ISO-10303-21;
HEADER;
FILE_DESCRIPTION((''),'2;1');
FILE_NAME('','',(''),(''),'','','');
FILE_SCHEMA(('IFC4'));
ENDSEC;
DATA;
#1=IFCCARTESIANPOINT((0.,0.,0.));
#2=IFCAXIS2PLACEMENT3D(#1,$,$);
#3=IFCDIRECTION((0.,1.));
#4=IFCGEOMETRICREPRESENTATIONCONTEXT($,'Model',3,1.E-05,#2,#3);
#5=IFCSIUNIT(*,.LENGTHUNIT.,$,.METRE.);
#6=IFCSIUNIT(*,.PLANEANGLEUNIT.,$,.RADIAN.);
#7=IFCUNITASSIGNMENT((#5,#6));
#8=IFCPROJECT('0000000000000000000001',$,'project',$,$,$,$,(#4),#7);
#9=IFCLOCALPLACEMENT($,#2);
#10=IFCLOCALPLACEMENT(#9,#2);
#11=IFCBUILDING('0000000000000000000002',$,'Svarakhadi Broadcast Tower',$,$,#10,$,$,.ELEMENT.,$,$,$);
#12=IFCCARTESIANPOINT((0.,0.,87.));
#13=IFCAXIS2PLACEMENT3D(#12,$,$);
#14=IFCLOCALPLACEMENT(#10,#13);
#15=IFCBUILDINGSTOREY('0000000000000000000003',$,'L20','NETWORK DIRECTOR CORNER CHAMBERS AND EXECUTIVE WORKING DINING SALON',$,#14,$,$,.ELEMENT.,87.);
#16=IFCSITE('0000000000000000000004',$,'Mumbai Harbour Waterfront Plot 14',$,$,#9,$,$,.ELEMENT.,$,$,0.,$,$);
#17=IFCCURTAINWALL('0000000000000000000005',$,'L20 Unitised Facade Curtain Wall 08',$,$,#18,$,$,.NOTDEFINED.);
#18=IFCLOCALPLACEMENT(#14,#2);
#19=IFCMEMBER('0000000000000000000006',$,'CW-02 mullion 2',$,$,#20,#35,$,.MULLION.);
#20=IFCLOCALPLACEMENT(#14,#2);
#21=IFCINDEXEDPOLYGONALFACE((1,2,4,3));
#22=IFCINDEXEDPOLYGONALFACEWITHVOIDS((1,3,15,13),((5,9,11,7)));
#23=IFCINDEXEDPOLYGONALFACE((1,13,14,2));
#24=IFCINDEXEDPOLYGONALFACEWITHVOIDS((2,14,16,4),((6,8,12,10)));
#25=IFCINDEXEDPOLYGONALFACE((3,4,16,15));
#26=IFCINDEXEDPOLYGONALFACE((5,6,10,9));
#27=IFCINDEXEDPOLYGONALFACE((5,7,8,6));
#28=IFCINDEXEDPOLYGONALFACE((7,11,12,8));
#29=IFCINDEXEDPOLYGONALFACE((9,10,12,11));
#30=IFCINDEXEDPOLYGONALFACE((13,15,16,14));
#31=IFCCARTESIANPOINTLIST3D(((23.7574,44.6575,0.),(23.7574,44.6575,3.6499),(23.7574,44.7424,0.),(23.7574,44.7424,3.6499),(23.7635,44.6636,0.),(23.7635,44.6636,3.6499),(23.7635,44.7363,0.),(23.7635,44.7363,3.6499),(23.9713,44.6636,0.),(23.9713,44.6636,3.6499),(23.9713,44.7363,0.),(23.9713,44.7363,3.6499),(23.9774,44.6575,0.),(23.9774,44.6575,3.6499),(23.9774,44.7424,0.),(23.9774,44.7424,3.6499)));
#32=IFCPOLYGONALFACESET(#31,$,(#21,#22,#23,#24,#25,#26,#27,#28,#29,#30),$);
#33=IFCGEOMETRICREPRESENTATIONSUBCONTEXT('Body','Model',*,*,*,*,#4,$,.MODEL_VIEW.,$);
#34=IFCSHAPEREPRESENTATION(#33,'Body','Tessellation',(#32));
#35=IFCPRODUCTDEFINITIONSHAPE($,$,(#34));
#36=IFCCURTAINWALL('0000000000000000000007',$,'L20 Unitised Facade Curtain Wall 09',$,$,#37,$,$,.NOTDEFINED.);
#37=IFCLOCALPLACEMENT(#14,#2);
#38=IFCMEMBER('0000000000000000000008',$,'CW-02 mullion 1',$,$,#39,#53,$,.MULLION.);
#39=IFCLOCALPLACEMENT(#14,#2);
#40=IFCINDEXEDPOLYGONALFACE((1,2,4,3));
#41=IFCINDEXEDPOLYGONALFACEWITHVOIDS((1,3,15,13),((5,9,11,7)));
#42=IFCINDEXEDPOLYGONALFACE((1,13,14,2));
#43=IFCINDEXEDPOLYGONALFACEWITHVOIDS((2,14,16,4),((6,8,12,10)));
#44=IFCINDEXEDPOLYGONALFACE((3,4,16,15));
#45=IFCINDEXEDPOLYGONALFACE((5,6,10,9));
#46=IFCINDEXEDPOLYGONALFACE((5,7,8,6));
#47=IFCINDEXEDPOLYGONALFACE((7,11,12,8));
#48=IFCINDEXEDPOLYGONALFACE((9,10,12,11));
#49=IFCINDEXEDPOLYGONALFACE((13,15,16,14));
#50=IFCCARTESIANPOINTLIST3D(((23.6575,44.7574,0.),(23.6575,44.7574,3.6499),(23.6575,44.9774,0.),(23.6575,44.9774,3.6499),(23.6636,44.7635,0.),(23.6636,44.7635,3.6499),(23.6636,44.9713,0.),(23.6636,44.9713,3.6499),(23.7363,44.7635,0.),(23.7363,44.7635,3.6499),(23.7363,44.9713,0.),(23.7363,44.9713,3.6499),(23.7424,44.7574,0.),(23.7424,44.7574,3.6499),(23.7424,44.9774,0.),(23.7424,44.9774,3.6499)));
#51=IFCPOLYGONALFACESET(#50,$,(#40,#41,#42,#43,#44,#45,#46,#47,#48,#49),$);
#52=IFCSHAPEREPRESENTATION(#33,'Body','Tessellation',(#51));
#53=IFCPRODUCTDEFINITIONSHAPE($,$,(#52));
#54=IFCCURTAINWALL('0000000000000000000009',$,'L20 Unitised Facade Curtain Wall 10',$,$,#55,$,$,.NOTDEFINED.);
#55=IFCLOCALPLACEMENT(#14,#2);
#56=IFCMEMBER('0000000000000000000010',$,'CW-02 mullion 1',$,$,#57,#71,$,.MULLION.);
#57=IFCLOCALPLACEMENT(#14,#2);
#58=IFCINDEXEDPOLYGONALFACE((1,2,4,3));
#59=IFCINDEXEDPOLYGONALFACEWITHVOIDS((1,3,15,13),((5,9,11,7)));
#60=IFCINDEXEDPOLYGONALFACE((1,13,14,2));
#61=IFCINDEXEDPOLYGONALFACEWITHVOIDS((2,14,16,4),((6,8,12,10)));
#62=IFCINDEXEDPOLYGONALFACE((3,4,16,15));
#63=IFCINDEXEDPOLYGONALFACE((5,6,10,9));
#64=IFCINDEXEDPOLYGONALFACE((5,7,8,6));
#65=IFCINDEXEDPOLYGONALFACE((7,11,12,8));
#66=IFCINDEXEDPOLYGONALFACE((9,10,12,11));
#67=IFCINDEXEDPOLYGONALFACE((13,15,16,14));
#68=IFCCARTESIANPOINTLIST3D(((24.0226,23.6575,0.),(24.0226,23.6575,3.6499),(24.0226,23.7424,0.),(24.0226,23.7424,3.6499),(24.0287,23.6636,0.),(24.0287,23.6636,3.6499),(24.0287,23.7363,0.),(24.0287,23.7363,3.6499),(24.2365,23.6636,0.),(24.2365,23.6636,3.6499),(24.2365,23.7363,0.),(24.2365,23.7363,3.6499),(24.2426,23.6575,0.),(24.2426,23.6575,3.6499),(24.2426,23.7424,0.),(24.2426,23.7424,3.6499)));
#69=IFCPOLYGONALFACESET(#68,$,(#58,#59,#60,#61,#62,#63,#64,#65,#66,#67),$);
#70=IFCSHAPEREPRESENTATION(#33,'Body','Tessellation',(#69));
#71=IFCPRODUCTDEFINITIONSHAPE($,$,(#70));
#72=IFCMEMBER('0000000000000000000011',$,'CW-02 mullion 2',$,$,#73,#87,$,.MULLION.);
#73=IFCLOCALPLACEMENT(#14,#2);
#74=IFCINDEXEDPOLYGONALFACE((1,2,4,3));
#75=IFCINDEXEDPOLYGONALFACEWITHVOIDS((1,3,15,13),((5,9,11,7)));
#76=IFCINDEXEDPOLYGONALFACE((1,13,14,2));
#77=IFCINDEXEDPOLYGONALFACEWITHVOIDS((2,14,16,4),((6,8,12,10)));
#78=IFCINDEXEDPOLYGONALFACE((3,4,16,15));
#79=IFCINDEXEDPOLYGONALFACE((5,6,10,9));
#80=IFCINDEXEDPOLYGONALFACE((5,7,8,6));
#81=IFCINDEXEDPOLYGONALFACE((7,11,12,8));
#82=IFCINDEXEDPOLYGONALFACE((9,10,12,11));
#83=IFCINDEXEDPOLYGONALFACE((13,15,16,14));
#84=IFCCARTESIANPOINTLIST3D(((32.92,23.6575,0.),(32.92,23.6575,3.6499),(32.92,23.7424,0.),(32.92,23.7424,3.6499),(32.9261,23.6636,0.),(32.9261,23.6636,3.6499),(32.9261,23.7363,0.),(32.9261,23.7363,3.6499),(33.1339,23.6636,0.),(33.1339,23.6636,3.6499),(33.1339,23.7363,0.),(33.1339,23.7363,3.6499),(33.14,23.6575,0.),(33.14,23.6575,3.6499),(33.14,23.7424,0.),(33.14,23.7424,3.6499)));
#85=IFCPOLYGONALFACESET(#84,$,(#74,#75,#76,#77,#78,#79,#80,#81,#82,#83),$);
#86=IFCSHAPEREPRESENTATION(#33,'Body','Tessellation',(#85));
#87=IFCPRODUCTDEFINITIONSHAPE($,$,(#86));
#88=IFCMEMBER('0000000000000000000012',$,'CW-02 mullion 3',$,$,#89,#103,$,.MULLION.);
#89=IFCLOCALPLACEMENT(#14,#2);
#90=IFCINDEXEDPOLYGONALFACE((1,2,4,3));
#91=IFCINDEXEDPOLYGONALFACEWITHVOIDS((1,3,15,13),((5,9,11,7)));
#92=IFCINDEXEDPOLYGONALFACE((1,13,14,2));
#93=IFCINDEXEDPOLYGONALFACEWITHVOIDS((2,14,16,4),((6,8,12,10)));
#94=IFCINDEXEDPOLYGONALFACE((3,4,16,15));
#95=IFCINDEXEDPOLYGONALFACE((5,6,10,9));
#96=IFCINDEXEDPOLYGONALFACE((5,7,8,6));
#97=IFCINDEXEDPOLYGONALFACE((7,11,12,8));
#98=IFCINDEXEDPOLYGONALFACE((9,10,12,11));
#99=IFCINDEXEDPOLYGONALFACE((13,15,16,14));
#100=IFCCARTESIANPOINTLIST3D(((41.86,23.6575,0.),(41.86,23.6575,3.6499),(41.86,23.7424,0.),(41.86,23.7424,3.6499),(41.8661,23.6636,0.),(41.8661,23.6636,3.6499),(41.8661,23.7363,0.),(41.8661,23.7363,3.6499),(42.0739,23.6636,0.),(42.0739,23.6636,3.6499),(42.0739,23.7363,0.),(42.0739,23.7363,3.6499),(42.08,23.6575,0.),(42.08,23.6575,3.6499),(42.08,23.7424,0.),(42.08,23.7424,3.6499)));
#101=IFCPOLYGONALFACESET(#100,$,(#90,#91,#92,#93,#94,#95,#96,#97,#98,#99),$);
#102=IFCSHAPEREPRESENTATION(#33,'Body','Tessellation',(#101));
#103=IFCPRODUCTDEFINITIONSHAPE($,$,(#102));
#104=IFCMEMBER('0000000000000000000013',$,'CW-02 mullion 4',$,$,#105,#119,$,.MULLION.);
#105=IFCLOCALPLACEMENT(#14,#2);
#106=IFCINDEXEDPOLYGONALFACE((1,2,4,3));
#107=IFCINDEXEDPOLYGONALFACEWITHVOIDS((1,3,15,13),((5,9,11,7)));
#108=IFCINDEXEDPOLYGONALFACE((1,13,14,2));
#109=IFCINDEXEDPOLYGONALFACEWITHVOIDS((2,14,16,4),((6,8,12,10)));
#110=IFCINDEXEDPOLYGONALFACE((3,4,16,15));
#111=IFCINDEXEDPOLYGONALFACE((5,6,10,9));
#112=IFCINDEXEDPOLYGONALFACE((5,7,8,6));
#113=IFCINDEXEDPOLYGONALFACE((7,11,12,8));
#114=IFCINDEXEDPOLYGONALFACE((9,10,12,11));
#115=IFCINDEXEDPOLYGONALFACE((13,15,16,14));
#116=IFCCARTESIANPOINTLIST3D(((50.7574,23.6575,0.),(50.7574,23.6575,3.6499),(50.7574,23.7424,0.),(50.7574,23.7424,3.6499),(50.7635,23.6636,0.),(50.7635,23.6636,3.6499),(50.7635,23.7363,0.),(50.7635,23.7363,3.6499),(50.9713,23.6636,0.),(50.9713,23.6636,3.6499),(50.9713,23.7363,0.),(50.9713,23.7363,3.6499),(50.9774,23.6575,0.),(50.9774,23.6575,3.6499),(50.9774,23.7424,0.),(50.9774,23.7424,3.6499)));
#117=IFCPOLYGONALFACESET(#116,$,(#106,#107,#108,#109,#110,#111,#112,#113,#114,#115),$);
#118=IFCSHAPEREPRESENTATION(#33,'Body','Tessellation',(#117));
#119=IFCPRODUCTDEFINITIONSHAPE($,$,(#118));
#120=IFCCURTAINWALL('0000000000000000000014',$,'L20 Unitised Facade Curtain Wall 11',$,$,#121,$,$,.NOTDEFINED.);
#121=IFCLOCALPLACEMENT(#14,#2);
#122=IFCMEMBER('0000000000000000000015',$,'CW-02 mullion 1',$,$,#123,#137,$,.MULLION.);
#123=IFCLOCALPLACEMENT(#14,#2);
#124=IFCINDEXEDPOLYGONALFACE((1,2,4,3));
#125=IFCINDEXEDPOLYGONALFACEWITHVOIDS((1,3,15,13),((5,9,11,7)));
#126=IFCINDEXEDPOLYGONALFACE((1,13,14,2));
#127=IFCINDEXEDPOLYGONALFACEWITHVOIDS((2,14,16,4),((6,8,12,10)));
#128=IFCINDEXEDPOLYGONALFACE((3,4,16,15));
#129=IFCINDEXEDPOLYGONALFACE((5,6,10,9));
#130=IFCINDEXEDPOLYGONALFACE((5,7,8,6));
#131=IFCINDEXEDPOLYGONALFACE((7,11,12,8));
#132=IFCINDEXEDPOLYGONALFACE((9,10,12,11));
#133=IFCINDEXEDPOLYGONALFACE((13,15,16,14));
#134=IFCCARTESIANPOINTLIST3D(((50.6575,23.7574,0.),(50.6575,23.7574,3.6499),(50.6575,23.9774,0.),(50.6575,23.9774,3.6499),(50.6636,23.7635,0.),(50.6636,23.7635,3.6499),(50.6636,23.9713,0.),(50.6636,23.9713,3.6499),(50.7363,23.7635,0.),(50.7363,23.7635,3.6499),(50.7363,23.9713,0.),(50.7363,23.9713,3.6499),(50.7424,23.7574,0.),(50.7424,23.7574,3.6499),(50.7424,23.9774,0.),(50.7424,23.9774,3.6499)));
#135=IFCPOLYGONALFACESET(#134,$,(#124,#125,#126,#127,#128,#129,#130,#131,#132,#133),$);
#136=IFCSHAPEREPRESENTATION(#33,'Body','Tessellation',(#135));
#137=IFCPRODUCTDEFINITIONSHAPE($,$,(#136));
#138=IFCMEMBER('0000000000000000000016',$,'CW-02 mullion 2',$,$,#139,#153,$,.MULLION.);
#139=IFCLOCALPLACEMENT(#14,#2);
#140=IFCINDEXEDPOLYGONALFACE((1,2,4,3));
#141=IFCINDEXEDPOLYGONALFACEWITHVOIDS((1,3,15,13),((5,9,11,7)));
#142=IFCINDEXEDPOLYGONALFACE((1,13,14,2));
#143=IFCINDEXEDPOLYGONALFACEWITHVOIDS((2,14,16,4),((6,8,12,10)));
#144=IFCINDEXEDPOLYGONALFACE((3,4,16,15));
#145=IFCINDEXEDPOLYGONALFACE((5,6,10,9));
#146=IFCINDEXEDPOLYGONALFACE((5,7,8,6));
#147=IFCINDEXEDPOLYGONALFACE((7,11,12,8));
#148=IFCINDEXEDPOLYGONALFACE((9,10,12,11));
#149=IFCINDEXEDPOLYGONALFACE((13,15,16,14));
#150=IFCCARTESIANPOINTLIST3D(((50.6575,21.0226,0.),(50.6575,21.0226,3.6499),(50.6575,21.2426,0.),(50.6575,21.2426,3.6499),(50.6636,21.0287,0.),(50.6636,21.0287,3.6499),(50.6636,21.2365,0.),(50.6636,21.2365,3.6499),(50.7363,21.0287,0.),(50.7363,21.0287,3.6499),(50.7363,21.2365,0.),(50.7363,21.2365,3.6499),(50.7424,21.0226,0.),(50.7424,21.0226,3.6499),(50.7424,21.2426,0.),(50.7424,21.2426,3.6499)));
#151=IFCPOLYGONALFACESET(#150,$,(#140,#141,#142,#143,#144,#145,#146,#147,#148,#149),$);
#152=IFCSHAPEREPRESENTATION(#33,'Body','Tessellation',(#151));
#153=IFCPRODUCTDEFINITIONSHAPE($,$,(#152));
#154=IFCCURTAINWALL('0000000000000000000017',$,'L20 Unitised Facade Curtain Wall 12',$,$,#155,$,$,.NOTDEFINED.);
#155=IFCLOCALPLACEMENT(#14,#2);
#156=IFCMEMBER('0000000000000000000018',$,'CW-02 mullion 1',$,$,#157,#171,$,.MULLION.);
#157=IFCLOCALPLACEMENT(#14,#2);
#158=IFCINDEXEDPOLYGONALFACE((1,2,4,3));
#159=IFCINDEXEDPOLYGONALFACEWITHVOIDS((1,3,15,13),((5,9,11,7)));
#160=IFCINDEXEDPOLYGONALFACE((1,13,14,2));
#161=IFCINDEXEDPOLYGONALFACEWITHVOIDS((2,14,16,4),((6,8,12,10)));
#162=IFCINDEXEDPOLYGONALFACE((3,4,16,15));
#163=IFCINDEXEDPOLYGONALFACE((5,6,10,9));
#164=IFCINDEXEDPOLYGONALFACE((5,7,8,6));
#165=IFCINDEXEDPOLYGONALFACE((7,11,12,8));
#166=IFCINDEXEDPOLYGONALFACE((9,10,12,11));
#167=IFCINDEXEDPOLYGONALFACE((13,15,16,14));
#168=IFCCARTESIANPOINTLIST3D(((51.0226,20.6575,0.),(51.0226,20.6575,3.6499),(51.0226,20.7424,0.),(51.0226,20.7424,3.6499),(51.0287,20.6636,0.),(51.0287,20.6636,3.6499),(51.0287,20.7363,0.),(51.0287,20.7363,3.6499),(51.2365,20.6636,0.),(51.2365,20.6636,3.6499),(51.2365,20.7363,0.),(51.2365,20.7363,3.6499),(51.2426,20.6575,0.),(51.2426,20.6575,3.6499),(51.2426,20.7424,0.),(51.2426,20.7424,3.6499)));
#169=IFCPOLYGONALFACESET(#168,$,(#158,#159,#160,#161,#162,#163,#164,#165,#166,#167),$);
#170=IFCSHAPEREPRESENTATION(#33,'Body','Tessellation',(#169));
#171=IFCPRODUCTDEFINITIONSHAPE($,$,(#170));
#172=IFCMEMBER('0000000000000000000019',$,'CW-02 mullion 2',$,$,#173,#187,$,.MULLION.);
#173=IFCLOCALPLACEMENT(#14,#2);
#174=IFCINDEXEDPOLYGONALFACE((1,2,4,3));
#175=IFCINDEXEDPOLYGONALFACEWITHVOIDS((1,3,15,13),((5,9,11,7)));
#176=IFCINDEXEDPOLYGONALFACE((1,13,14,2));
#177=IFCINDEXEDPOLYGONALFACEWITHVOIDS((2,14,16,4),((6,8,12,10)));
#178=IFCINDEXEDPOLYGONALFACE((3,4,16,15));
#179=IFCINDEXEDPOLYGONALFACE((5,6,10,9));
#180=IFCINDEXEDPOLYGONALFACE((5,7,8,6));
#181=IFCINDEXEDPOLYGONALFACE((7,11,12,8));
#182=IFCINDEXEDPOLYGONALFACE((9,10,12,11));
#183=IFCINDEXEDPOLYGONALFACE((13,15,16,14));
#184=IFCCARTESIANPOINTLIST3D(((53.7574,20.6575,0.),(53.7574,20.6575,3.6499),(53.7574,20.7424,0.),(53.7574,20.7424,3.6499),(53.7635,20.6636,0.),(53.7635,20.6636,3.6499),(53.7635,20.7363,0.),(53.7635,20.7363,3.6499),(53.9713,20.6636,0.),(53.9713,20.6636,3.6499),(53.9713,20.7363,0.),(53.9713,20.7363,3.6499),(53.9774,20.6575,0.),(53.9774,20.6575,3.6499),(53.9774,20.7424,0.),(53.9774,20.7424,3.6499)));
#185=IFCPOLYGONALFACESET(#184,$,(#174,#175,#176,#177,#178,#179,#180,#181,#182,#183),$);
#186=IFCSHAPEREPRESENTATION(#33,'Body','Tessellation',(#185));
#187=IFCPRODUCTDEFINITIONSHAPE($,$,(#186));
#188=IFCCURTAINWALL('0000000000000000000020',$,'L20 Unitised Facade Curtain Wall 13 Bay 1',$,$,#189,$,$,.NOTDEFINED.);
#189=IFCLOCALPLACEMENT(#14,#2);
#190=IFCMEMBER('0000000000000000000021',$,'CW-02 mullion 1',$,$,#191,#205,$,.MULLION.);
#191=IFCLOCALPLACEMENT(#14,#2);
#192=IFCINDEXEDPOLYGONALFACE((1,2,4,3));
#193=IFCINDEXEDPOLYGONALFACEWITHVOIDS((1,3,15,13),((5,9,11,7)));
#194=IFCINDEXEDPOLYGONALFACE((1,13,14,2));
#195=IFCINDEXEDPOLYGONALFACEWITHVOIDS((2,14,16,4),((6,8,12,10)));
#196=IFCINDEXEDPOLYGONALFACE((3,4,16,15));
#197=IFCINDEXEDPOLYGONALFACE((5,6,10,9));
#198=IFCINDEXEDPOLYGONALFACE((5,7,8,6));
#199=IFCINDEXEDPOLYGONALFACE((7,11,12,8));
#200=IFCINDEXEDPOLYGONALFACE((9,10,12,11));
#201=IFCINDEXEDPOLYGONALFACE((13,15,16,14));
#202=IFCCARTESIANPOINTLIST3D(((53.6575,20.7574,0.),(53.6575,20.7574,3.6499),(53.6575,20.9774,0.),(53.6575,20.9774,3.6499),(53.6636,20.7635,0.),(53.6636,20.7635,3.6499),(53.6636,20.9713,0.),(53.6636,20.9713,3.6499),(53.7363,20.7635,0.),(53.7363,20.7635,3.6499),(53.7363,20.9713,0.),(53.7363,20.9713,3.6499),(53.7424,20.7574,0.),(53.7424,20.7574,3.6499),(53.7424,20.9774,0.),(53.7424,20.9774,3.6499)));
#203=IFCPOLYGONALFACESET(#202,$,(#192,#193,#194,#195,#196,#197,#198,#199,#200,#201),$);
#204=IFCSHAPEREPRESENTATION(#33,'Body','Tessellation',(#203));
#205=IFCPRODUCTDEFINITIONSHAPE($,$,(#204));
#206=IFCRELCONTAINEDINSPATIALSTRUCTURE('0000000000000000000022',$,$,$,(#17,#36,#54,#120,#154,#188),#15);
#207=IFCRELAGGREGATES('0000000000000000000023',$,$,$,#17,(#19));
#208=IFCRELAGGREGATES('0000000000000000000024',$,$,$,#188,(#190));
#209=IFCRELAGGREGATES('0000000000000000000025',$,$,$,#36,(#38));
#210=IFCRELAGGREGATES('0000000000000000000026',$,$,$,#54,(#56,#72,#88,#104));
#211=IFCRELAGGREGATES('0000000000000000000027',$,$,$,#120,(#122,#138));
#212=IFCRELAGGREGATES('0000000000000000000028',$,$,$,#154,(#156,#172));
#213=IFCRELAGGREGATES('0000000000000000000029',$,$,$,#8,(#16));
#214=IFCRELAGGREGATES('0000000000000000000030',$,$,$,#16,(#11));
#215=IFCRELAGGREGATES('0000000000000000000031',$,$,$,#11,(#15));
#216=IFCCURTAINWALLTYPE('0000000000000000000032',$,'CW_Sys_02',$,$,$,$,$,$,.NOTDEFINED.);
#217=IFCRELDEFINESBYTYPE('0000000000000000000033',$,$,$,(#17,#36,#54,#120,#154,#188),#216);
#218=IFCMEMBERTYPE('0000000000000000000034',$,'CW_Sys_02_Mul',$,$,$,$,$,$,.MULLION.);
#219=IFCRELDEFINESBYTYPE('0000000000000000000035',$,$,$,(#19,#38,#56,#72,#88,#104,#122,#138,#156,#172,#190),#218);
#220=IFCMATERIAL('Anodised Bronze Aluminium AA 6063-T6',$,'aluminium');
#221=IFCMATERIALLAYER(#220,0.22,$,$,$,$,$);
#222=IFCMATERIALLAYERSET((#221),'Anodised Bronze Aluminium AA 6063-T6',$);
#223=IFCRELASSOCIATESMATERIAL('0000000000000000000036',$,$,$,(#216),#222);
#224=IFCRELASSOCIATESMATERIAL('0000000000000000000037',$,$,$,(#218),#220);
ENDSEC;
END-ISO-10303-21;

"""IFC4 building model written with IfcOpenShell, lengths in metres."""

from ifc_helpers import new_model, si_unit, direction, frame, origin, origin_2d, place, context, subcontext, project, spatial, hollow_rectangle, extrude, material, layer, layer_set, material_profile, profile_set, type_object, element, aggregate, save


model = new_model("IFC4")

# Units and contexts
model_context = context("Model", 3, precision=1e-05, world=origin(), true_north=direction((0.0, 1.0)))
body_context = subcontext(model_context, "Body", "Model", "MODEL_VIEW")
ifc_project = project(units=[si_unit("LENGTHUNIT", "METRE"), si_unit("PLANEANGLEUNIT", "RADIAN")], contexts=[model_context])

# Site, building, storey
site_placement = place(None, origin())
site = spatial("IfcSite", under=ifc_project, at=site_placement, Name="Mumbai Harbour Waterfront Plot 14", CompositionType="ELEMENT", RefElevation=0.0)
building_placement = place(site_placement, origin())
building = spatial("IfcBuilding", under=site, at=building_placement, Name="Svarakhadi Broadcast Tower", CompositionType="ELEMENT")
storey_placement = place(building_placement, frame((0.0, 0.0, 87.0)))
storey = spatial("IfcBuildingStorey", under=building, at=storey_placement, Name="L20", Description="NETWORK DIRECTOR CORNER CHAMBERS AND EXECUTIVE WORKING DINING SALON", CompositionType="ELEMENT", Elevation=87.0)

# Curtain walls, members
ifc_material_1 = material(Name="Anodised Bronze Aluminium AA 6063-T6", Category="aluminium")
ifc_layer_1 = layer(ifc_material_1, 0.22)
ifc_layer_set_1 = layer_set([ifc_layer_1], Name="Anodised Bronze Aluminium AA 6063-T6")
curtain_wall_type = type_object("IfcCurtainWallType", Name="CW_Sys_02", PredefinedType="NOTDEFINED", material=ifc_layer_set_1)
curtain_wall_1_placement = place(storey_placement, origin())
curtain_wall_1 = element("IfcCurtainWall", 1, at=curtain_wall_1_placement, inside=storey, type_object=curtain_wall_type, Name="L20 Unitised Facade Curtain Wall 08", PredefinedType="NOTDEFINED")
ifc_material_profile_1 = material_profile(ifc_material_1, hollow_rectangle(XDim=0.085, YDim=0.22, WallThickness=0.0061, at=origin_2d()), Name="ALU MULLION 220x85x6")
ifc_profile_set_1 = profile_set([ifc_material_profile_1], Name="Anodised Bronze Aluminium AA 6063-T6")
member_type_1 = type_object("IfcMemberType", Name="CW_Sys_02_Mul", PredefinedType="MULLION", material=ifc_profile_set_1)
member_1_placement = place(storey_placement, frame((23.8674, 44.7, 0.0), z_axis=(0.0, 0.0, 1.0), x_axis=(0.0, 1.0, 0.0)))
member_1 = element("IfcMember", 2, at=member_1_placement, type_object=member_type_1, Name="CW-02 mullion 2", PredefinedType="MULLION", context=body_context, shape_type="SweptSolid", body=[
    extrude(hollow_rectangle(XDim=0.085, YDim=0.22, WallThickness=0.0061, at=origin_2d()), origin(), (0.0, 0.0, 1.0), 3.6499),
])
aggregate(curtain_wall_1, [member_1])
curtain_wall_2_placement = place(storey_placement, origin())
curtain_wall_2 = element("IfcCurtainWall", 3, at=curtain_wall_2_placement, inside=storey, type_object=curtain_wall_type, Name="L20 Unitised Facade Curtain Wall 09", PredefinedType="NOTDEFINED")
member_2_placement = place(storey_placement, frame((23.7, 44.8674, 0.0), z_axis=(0.0, 0.0, 1.0), x_axis=(1.0, 0.0, 0.0)))
member_2 = element("IfcMember", 4, at=member_2_placement, type_object=member_type_1, Name="CW-02 mullion 1", PredefinedType="MULLION", context=body_context, shape_type="SweptSolid", body=[
    extrude(hollow_rectangle(XDim=0.085, YDim=0.22, WallThickness=0.0061, at=origin_2d()), origin(), (0.0, 0.0, 1.0), 3.6499),
])

# Curtain walls, members
curtain_wall_3_placement = place(storey_placement, origin())
curtain_wall_3 = element("IfcCurtainWall", 5, at=curtain_wall_3_placement, inside=storey, type_object=curtain_wall_type, Name="L20 Unitised Facade Curtain Wall 10", PredefinedType="NOTDEFINED")
member_3_placement = place(storey_placement, frame((24.1326, 23.7, 0.0), z_axis=(0.0, 0.0, 1.0), x_axis=(0.0, 1.0, 0.0)))
member_3 = element("IfcMember", 6, at=member_3_placement, type_object=member_type_1, Name="CW-02 mullion 1", PredefinedType="MULLION", context=body_context, shape_type="SweptSolid", body=[
    extrude(hollow_rectangle(XDim=0.085, YDim=0.22, WallThickness=0.0061, at=origin_2d()), origin(), (0.0, 0.0, 1.0), 3.6499),
])
member_4_placement = place(storey_placement, frame((33.03, 23.7, 0.0), z_axis=(0.0, 0.0, 1.0), x_axis=(0.0, 1.0, 0.0)))
member_4 = element("IfcMember", 7, at=member_4_placement, type_object=member_type_1, Name="CW-02 mullion 2", PredefinedType="MULLION", context=body_context, shape_type="SweptSolid", body=[
    extrude(hollow_rectangle(XDim=0.085, YDim=0.22, WallThickness=0.0061, at=origin_2d()), origin(), (0.0, 0.0, 1.0), 3.6499),
])
member_5_placement = place(storey_placement, frame((41.97, 23.7, 0.0), z_axis=(0.0, 0.0, 1.0), x_axis=(0.0, 1.0, 0.0)))
member_5 = element("IfcMember", 8, at=member_5_placement, type_object=member_type_1, Name="CW-02 mullion 3", PredefinedType="MULLION", context=body_context, shape_type="SweptSolid", body=[
    extrude(hollow_rectangle(XDim=0.085, YDim=0.22, WallThickness=0.0061, at=origin_2d()), origin(), (0.0, 0.0, 1.0), 3.6499),
])
member_6_placement = place(storey_placement, frame((50.8674, 23.7, 0.0), z_axis=(0.0, 0.0, 1.0), x_axis=(0.0, 1.0, 0.0)))
member_6 = element("IfcMember", 9, at=member_6_placement, type_object=member_type_1, Name="CW-02 mullion 4", PredefinedType="MULLION", context=body_context, shape_type="SweptSolid", body=[
    extrude(hollow_rectangle(XDim=0.085, YDim=0.22, WallThickness=0.0061, at=origin_2d()), origin(), (0.0, 0.0, 1.0), 3.6499),
])
curtain_wall_4_placement = place(storey_placement, origin())
curtain_wall_4 = element("IfcCurtainWall", 10, at=curtain_wall_4_placement, inside=storey, type_object=curtain_wall_type, Name="L20 Unitised Facade Curtain Wall 11", PredefinedType="NOTDEFINED")
member_7_placement = place(storey_placement, frame((50.7, 23.8674, 0.0), z_axis=(0.0, 0.0, 1.0), x_axis=(1.0, 0.0, 0.0)))
member_7 = element("IfcMember", 11, at=member_7_placement, type_object=member_type_1, Name="CW-02 mullion 1", PredefinedType="MULLION", context=body_context, shape_type="SweptSolid", body=[
    extrude(hollow_rectangle(XDim=0.085, YDim=0.22, WallThickness=0.0061, at=origin_2d()), origin(), (0.0, 0.0, 1.0), 3.6499),
])
member_8_placement = place(storey_placement, frame((50.7, 21.1326, 0.0), z_axis=(0.0, 0.0, 1.0), x_axis=(1.0, 0.0, 0.0)))
member_8 = element("IfcMember", 12, at=member_8_placement, type_object=member_type_1, Name="CW-02 mullion 2", PredefinedType="MULLION", context=body_context, shape_type="SweptSolid", body=[
    extrude(hollow_rectangle(XDim=0.085, YDim=0.22, WallThickness=0.0061, at=origin_2d()), origin(), (0.0, 0.0, 1.0), 3.6499),
])
curtain_wall_5_placement = place(storey_placement, origin())
curtain_wall_5 = element("IfcCurtainWall", 13, at=curtain_wall_5_placement, inside=storey, type_object=curtain_wall_type, Name="L20 Unitised Facade Curtain Wall 12", PredefinedType="NOTDEFINED")
member_9_placement = place(storey_placement, frame((51.1326, 20.7, 0.0), z_axis=(0.0, 0.0, 1.0), x_axis=(0.0, 1.0, 0.0)))
member_9 = element("IfcMember", 14, at=member_9_placement, type_object=member_type_1, Name="CW-02 mullion 1", PredefinedType="MULLION", context=body_context, shape_type="SweptSolid", body=[
    extrude(hollow_rectangle(XDim=0.085, YDim=0.22, WallThickness=0.0061, at=origin_2d()), origin(), (0.0, 0.0, 1.0), 3.6499),
])
member_10_placement = place(storey_placement, frame((53.8674, 20.7, 0.0), z_axis=(0.0, 0.0, 1.0), x_axis=(0.0, 1.0, 0.0)))
member_10 = element("IfcMember", 15, at=member_10_placement, type_object=member_type_1, Name="CW-02 mullion 2", PredefinedType="MULLION", context=body_context, shape_type="SweptSolid", body=[
    extrude(hollow_rectangle(XDim=0.085, YDim=0.22, WallThickness=0.0061, at=origin_2d()), origin(), (0.0, 0.0, 1.0), 3.6499),
])

# Curtain wall, member
curtain_wall_6_placement = place(storey_placement, origin())
curtain_wall_6 = element("IfcCurtainWall", 16, at=curtain_wall_6_placement, inside=storey, type_object=curtain_wall_type, Name="L20 Unitised Facade Curtain Wall 13 Bay 1", PredefinedType="NOTDEFINED")
member_11_placement = place(storey_placement, frame((53.7, 20.8674, 0.0), z_axis=(0.0, 0.0, 1.0), x_axis=(1.0, 0.0, 0.0)))
member_11 = element("IfcMember", 17, at=member_11_placement, type_object=member_type_1, Name="CW-02 mullion 1", PredefinedType="MULLION", context=body_context, shape_type="SweptSolid", body=[
    extrude(hollow_rectangle(XDim=0.085, YDim=0.22, WallThickness=0.0061, at=origin_2d()), origin(), (0.0, 0.0, 1.0), 3.6499),
])

aggregate(curtain_wall_6, [member_11])

aggregate(curtain_wall_2, [member_2])
aggregate(curtain_wall_3, [member_3, member_4, member_5, member_6])
aggregate(curtain_wall_4, [member_7, member_8])
aggregate(curtain_wall_5, [member_9, member_10])

save(model, "model.ifc")
